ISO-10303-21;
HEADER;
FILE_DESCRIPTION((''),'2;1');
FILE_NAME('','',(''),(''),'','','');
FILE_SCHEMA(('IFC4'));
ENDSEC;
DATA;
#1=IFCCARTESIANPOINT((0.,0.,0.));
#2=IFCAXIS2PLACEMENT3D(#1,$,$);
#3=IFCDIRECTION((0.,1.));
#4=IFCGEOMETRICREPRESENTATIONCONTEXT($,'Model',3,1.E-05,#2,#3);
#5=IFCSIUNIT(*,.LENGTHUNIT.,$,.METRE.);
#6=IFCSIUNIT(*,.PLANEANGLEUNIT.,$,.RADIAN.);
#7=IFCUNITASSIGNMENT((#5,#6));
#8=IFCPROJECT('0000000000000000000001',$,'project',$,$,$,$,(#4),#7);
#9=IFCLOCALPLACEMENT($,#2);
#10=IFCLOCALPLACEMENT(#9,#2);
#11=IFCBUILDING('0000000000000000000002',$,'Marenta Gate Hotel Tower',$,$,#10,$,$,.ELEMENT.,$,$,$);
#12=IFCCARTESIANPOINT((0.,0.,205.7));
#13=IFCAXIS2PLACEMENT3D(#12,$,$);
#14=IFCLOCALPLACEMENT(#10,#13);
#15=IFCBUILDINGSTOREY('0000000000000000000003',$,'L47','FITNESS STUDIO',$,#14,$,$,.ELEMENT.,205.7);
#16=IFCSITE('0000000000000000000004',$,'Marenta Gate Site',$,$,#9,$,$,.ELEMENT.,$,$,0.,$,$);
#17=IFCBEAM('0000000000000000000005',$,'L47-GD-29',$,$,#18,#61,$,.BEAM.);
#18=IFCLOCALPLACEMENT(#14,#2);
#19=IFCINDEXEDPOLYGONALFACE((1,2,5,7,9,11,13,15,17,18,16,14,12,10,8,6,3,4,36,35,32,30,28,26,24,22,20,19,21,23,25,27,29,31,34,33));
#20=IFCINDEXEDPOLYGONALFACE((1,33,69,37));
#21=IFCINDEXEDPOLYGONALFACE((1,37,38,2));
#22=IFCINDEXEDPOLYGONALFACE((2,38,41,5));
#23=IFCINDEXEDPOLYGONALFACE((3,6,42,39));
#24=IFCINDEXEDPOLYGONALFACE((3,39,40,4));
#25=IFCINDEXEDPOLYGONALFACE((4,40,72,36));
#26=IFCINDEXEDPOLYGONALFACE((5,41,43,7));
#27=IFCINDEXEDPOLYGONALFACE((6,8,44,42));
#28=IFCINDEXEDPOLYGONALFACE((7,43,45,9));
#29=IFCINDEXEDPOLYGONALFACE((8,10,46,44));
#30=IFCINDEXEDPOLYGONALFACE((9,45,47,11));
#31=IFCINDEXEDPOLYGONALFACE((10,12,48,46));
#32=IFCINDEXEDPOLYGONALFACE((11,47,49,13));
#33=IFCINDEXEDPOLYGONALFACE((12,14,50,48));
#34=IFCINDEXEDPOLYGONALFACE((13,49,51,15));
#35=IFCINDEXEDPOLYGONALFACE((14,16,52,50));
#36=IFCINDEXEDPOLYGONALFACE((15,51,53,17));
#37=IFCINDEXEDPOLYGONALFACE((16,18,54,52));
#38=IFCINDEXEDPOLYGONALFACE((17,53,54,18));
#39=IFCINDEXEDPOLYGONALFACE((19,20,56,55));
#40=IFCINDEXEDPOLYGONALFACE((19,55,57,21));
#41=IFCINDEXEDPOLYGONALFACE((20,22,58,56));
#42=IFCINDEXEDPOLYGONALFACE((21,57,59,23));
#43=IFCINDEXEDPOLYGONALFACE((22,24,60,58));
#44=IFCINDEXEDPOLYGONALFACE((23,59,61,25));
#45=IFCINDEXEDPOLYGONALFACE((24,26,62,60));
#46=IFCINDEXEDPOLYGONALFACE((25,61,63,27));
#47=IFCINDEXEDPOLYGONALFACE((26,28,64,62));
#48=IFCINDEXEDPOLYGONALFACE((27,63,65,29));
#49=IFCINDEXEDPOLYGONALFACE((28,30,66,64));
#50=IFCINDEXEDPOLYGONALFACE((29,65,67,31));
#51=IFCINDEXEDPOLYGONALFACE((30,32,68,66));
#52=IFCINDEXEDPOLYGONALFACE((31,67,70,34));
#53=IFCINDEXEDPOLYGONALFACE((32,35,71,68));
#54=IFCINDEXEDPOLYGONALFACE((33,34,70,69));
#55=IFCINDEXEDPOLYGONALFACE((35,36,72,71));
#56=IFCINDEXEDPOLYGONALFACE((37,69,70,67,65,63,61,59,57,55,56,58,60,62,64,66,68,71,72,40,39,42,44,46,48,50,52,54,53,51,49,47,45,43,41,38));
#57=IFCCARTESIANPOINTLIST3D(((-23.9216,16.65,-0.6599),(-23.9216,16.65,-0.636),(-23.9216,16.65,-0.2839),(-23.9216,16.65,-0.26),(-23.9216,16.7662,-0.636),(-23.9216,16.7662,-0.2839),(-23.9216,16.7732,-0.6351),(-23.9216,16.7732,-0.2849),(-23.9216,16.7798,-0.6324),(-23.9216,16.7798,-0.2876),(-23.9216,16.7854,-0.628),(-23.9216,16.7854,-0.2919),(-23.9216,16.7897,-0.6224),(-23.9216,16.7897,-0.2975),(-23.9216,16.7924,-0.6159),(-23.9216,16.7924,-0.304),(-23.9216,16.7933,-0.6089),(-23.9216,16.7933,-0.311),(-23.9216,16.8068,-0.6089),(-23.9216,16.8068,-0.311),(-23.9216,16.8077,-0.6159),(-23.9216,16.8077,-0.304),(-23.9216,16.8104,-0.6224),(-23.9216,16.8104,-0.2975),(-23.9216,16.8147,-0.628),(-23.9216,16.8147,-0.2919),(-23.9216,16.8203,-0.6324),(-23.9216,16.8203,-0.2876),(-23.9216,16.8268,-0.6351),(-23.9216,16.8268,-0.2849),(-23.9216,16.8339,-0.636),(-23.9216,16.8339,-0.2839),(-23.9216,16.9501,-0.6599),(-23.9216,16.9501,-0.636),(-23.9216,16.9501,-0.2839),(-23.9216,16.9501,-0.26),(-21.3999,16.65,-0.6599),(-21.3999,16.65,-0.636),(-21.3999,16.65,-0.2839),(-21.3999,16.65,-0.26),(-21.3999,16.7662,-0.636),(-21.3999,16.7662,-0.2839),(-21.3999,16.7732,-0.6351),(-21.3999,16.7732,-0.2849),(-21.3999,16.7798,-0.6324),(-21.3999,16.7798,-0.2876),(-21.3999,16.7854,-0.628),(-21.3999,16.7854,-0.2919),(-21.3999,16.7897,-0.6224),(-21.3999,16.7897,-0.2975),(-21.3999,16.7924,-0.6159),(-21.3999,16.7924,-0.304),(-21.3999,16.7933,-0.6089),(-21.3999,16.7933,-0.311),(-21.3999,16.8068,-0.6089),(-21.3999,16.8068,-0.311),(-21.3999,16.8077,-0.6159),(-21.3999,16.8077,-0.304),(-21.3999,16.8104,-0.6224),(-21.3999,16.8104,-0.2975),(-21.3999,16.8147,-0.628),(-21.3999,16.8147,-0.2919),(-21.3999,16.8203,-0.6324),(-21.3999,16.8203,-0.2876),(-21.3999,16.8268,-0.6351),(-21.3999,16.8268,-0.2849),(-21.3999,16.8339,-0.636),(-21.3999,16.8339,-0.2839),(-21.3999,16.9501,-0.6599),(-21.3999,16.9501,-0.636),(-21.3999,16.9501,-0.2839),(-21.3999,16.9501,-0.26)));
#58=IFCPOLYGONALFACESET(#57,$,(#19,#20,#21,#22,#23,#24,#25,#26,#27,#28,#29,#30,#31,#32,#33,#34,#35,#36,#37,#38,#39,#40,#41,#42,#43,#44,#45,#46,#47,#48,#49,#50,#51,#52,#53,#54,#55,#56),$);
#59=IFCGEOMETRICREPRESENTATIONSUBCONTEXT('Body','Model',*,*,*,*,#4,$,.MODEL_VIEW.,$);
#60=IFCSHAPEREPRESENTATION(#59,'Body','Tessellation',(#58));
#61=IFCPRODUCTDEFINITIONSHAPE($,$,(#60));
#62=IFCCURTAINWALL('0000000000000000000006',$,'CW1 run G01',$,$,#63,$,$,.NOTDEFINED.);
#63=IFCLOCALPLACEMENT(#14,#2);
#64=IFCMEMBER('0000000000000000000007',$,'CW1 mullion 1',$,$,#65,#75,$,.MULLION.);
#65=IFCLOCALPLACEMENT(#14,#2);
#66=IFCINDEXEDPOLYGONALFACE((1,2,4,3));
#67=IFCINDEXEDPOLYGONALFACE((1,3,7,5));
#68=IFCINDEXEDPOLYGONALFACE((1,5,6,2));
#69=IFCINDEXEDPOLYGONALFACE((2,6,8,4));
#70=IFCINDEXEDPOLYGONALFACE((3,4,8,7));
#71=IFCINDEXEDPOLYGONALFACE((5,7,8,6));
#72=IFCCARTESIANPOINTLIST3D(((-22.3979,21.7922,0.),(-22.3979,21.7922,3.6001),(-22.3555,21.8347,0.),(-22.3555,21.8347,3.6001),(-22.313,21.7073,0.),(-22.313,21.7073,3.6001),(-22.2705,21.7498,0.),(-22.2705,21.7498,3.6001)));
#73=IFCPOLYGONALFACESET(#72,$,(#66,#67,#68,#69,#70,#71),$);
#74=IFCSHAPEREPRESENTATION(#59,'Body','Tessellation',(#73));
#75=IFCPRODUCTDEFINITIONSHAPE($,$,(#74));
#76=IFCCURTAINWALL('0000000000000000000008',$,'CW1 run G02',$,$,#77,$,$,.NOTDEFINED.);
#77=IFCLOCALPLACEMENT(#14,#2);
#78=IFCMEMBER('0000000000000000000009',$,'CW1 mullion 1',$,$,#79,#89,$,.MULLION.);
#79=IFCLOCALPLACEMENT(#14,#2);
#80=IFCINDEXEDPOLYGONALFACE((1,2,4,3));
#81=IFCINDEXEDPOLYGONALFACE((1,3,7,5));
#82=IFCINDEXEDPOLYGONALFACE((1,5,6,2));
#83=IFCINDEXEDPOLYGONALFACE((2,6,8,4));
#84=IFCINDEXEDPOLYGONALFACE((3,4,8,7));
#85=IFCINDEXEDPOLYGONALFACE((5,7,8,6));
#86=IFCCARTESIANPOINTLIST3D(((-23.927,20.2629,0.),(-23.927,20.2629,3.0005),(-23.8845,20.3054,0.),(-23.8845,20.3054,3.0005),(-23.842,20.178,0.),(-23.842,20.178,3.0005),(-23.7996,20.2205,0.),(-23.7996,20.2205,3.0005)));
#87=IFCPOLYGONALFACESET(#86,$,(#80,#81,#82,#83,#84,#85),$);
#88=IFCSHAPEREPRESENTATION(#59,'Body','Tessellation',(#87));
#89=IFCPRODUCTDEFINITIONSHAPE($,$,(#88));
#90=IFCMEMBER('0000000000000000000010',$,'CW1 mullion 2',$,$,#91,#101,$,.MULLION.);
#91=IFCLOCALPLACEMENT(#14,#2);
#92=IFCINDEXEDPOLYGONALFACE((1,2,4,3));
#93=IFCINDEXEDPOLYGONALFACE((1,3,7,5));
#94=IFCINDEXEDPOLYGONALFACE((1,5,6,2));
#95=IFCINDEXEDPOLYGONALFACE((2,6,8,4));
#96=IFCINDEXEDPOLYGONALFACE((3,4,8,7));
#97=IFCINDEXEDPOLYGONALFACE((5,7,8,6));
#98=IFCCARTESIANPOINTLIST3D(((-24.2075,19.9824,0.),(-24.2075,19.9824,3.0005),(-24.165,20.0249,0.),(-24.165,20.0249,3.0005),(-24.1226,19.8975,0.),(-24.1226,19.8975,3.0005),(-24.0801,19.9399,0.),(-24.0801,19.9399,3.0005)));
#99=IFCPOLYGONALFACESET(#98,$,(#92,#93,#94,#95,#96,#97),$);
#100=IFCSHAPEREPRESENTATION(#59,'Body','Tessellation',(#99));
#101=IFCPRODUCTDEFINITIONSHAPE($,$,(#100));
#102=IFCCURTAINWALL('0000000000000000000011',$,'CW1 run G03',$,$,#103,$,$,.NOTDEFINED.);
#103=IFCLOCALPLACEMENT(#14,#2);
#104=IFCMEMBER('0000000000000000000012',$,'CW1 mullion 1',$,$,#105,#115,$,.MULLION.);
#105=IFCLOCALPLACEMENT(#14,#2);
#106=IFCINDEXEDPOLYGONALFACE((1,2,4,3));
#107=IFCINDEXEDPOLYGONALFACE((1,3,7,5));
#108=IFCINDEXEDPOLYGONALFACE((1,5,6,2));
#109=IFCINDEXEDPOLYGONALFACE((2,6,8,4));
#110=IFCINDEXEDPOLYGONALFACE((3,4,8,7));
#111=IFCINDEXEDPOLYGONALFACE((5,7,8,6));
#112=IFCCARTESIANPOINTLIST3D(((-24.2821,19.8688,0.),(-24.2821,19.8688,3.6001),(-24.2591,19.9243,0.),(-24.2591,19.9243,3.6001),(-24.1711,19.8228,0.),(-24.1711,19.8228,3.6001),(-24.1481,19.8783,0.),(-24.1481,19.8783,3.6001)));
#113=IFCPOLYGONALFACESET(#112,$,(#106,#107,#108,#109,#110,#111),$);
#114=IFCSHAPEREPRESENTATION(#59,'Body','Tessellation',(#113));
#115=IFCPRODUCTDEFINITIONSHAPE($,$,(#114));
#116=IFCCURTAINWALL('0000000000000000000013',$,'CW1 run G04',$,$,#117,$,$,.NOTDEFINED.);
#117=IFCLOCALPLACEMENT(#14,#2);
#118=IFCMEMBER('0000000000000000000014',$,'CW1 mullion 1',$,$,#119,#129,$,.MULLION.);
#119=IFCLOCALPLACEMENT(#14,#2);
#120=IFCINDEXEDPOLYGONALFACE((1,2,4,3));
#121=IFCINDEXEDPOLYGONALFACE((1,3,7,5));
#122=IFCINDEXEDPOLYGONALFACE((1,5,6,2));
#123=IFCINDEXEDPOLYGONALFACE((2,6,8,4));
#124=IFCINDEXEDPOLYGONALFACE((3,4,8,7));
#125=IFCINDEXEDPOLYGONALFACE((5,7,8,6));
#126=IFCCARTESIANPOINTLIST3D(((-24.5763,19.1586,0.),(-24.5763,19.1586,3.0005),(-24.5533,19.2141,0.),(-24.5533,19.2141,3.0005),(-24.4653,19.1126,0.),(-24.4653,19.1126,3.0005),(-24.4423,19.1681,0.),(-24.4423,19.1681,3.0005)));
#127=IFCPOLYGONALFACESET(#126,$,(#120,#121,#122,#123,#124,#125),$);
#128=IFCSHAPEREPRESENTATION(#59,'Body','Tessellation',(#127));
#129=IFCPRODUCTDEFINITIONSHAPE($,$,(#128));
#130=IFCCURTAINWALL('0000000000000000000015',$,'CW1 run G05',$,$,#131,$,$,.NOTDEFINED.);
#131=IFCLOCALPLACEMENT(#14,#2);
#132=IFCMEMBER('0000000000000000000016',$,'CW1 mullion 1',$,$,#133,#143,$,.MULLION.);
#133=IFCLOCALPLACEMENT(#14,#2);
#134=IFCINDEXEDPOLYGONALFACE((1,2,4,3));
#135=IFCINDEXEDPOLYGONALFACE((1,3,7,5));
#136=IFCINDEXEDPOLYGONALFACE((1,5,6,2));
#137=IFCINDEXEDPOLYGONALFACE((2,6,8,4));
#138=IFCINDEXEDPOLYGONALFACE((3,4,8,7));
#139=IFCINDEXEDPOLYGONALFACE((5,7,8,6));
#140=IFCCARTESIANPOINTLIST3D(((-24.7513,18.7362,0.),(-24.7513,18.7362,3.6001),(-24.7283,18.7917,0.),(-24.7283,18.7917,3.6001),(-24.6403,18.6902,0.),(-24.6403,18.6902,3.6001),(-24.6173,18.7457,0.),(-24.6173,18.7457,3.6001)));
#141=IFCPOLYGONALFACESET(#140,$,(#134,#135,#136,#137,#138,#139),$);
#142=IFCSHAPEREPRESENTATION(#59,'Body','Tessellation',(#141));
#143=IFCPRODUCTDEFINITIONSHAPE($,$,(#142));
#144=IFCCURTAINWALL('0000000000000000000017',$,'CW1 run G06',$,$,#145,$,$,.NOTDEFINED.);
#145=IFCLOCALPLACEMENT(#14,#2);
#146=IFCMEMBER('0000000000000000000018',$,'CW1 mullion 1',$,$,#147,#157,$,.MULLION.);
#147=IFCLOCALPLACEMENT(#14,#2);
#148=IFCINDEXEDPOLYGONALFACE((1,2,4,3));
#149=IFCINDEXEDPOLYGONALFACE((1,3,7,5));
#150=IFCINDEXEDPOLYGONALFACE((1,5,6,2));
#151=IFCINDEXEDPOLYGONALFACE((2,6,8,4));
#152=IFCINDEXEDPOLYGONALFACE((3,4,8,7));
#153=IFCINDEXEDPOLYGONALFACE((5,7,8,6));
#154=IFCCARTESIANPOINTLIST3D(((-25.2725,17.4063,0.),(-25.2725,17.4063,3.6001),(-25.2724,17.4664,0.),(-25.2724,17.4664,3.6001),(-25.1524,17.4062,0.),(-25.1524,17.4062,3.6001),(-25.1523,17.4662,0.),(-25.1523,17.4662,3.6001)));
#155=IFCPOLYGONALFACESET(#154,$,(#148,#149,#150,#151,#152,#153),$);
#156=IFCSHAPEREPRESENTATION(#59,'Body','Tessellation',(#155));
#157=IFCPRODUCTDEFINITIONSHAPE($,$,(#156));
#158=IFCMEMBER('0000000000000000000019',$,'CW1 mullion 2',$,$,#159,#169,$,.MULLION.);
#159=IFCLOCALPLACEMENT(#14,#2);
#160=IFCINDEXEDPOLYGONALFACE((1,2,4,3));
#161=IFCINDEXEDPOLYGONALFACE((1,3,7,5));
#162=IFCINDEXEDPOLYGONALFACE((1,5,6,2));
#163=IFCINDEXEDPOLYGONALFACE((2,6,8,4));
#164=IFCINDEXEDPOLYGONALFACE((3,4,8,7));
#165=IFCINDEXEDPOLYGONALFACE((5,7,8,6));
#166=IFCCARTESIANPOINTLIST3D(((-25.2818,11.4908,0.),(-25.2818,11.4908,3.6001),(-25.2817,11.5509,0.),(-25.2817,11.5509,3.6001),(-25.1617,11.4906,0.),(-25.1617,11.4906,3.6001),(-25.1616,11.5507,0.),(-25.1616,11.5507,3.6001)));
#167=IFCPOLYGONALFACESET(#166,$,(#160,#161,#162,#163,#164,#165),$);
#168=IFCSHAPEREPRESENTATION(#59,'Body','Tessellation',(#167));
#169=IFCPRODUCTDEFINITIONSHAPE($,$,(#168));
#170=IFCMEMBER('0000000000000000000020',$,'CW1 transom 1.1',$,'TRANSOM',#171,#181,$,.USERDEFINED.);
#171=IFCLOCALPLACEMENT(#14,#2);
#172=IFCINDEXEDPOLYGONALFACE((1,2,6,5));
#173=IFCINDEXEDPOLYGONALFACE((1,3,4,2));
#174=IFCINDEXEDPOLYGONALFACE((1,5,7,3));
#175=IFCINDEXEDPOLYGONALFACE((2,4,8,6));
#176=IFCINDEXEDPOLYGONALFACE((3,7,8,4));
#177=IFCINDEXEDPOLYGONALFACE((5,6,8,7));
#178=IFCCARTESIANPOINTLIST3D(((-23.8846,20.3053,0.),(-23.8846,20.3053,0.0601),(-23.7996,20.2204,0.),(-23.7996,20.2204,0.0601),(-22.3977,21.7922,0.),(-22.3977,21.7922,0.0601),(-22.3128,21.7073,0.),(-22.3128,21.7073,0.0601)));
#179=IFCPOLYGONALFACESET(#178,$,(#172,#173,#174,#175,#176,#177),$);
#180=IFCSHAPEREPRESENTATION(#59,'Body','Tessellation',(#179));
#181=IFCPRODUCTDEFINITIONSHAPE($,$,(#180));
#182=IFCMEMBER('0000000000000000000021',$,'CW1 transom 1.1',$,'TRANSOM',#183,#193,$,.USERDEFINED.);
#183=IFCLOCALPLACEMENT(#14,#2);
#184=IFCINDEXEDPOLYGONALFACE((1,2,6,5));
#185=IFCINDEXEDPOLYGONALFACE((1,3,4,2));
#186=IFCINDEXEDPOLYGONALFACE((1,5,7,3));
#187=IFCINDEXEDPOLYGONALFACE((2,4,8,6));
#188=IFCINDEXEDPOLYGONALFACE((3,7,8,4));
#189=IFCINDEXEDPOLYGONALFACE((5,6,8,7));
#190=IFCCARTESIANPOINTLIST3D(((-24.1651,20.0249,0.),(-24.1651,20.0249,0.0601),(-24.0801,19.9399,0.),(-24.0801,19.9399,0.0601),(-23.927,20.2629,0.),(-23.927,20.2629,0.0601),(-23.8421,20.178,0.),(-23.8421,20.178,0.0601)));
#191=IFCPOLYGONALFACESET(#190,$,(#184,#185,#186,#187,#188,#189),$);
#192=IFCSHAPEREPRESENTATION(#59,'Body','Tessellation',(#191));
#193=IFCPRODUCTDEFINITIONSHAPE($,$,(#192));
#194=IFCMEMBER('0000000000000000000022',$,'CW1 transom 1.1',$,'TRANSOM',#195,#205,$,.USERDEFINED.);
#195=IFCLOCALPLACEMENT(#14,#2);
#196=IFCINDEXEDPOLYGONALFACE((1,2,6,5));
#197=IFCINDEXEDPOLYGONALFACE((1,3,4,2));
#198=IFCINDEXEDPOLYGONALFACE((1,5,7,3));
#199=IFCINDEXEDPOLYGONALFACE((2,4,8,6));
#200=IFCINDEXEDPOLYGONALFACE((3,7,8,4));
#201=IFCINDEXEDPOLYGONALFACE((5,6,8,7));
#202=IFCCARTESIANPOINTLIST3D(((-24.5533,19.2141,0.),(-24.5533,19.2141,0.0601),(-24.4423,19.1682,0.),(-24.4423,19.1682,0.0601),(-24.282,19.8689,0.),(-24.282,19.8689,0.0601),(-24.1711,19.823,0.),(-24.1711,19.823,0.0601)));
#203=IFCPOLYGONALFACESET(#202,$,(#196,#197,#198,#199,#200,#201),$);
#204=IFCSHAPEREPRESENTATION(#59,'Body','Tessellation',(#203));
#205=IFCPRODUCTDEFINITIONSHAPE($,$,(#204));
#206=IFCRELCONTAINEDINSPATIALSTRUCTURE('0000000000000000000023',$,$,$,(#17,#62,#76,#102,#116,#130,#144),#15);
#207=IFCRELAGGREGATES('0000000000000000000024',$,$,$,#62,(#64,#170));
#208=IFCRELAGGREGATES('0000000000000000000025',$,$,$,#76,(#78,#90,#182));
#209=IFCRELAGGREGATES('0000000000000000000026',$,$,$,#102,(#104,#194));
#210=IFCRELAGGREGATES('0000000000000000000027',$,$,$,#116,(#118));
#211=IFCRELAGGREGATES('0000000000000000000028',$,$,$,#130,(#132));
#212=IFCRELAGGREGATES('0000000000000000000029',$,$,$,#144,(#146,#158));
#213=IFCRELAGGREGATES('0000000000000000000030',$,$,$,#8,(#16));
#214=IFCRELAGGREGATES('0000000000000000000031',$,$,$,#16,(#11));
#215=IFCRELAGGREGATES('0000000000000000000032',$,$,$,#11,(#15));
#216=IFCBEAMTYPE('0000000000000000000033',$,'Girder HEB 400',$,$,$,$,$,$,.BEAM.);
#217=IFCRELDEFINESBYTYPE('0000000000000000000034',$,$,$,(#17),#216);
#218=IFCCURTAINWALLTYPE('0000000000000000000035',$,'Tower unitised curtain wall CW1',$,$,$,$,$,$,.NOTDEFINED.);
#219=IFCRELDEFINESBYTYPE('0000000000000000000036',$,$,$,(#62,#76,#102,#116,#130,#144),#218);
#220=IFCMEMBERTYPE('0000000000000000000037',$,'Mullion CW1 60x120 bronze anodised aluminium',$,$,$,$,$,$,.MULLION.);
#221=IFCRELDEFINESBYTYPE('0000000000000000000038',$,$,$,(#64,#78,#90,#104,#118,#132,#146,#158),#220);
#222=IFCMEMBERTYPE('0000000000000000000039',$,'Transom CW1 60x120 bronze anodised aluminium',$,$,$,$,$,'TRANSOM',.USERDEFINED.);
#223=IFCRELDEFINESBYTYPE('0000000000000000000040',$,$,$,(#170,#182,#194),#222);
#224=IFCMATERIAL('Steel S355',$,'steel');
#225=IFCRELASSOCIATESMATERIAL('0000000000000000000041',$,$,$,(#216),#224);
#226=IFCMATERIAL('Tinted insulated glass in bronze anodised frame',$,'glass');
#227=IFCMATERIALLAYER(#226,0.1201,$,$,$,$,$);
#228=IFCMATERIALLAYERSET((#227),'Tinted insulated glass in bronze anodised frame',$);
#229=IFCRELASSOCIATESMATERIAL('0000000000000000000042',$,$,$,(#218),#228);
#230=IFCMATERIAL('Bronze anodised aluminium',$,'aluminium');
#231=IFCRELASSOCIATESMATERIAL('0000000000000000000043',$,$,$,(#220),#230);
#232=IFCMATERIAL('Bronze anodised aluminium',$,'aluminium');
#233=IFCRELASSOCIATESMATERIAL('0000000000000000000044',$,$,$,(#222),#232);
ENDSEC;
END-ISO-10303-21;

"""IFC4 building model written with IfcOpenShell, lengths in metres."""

from ifc_helpers import new_model, si_unit, direction, frame, origin, origin_2d, place, context, subcontext, project, spatial, rectangle, i_section, extrude, material, layer, layer_set, material_profile, profile_set, type_object, element, aggregate, save


model = new_model("IFC4")

# Units and contexts
model_context = context("Model", 3, precision=1e-05, world=origin(), true_north=direction((0.0, 1.0)))
body_context = subcontext(model_context, "Body", "Model", "MODEL_VIEW")
ifc_project = project(units=[si_unit("LENGTHUNIT", "METRE"), si_unit("PLANEANGLEUNIT", "RADIAN")], contexts=[model_context])

# Site, building, storey
site_placement = place(None, origin())
site = spatial("IfcSite", under=ifc_project, at=site_placement, Name="Marenta Gate Site", CompositionType="ELEMENT", RefElevation=0.0)
building_placement = place(site_placement, origin())
building = spatial("IfcBuilding", under=site, at=building_placement, Name="Marenta Gate Hotel Tower", CompositionType="ELEMENT")
storey_placement = place(building_placement, frame((0.0, 0.0, 205.7)))
storey = spatial("IfcBuildingStorey", under=building, at=storey_placement, Name="L47", Description="FITNESS STUDIO", CompositionType="ELEMENT", Elevation=205.7)

# Beam
ifc_material_1 = material(Name="Steel S355", Category="steel")
ifc_material_profile_1 = material_profile(ifc_material_1, i_section(OverallWidth=0.3, OverallDepth=0.3999, WebThickness=0.0134, FlangeThickness=0.0239, FilletRadius=0.0271, at=origin_2d()), Name="HEB 400")
ifc_profile_set_1 = profile_set([ifc_material_profile_1], Name="Steel S355")
beam_type_1 = type_object("IfcBeamType", Name="Girder HEB 400", PredefinedType="BEAM", material=ifc_profile_set_1)
beam_1_placement = place(storey_placement, frame((-23.9216, 16.8, -0.46), z_axis=(1.0, 0.0, 0.0), x_axis=(0.0, 1.0, 0.0)))
element("IfcBeam", 1, at=beam_1_placement, inside=storey, type_object=beam_type_1, Name="L47-GD-29", PredefinedType="BEAM", context=body_context, shape_type="SweptSolid", body=[
    extrude(i_section(OverallWidth=0.3, OverallDepth=0.3999, WebThickness=0.0134, FlangeThickness=0.0239, FilletRadius=0.0271, at=origin_2d()), origin(), (0.0, 0.0, 1.0), 2.5217),
])

# Curtain wall, member
ifc_material_2 = material(Name="Tinted insulated glass in bronze anodised frame", Category="glass")
ifc_layer_1 = layer(ifc_material_2, 0.1201)
ifc_layer_set_1 = layer_set([ifc_layer_1], Name="Tinted insulated glass in bronze anodised frame")
curtain_wall_type = type_object("IfcCurtainWallType", Name="Tower unitised curtain wall CW1", PredefinedType="NOTDEFINED", material=ifc_layer_set_1)
curtain_wall_1_placement = place(storey_placement, origin())
curtain_wall_1 = element("IfcCurtainWall", 2, at=curtain_wall_1_placement, inside=storey, type_object=curtain_wall_type, Name="CW1 run G01", PredefinedType="NOTDEFINED")
ifc_material_3 = material(Name="Bronze anodised aluminium", Category="aluminium")
ifc_material_profile_2 = material_profile(ifc_material_3, rectangle(XDim=0.1201, YDim=0.0601, at=origin_2d()), Name="Mullion CW1 60x120 bronze anodised aluminium")
ifc_profile_set_2 = profile_set([ifc_material_profile_2], Name="Bronze anodised aluminium")
member_type_1 = type_object("IfcMemberType", Name="Mullion CW1 60x120 bronze anodised aluminium", PredefinedType="MULLION", material=ifc_profile_set_2)
member_1_placement = place(storey_placement, frame((-22.3342, 21.771, 0.0), z_axis=(0.0, 0.0, 1.0), x_axis=(0.707107, -0.707107, 0.0)))
member_1 = element("IfcMember", 3, at=member_1_placement, type_object=member_type_1, Name="CW1 mullion 1", PredefinedType="MULLION", context=body_context, shape_type="SweptSolid", body=[
    extrude(rectangle(XDim=0.1201, YDim=0.0601, at=origin_2d()), origin(), (0.0, 0.0, 1.0), 3.6001),
])

# Curtain wall, members
curtain_wall_2_placement = place(storey_placement, origin())
curtain_wall_2 = element("IfcCurtainWall", 4, at=curtain_wall_2_placement, inside=storey, type_object=curtain_wall_type, Name="CW1 run G02", PredefinedType="NOTDEFINED")
member_2_placement = place(storey_placement, frame((-23.8633, 20.2417, 0.0), z_axis=(0.0, 0.0, 1.0), x_axis=(0.707107, -0.707107, 0.0)))
member_2 = element("IfcMember", 5, at=member_2_placement, type_object=member_type_1, Name="CW1 mullion 1", PredefinedType="MULLION", context=body_context, shape_type="SweptSolid", body=[
    extrude(rectangle(XDim=0.1201, YDim=0.0601, at=origin_2d()), origin(), (0.0, 0.0, 1.0), 3.0005),
])
member_3_placement = place(storey_placement, frame((-24.1438, 19.9612, 0.0), z_axis=(0.0, 0.0, 1.0), x_axis=(0.707107, -0.707107, 0.0)))
member_3 = element("IfcMember", 6, at=member_3_placement, type_object=member_type_1, Name="CW1 mullion 2", PredefinedType="MULLION", context=body_context, shape_type="SweptSolid", body=[
    extrude(rectangle(XDim=0.1201, YDim=0.0601, at=origin_2d()), origin(), (0.0, 0.0, 1.0), 3.0005),
])

# Curtain walls, members
curtain_wall_3_placement = place(storey_placement, origin())
curtain_wall_3 = element("IfcCurtainWall", 7, at=curtain_wall_3_placement, inside=storey, type_object=curtain_wall_type, Name="CW1 run G03", PredefinedType="NOTDEFINED")
member_4_placement = place(storey_placement, frame((-24.2151, 19.8735, 0.0), z_axis=(0.0, 0.0, 1.0), x_axis=(0.923868, -0.382712, 0.0)))
member_4 = element("IfcMember", 8, at=member_4_placement, type_object=member_type_1, Name="CW1 mullion 1", PredefinedType="MULLION", context=body_context, shape_type="SweptSolid", body=[
    extrude(rectangle(XDim=0.1201, YDim=0.0601, at=origin_2d()), origin(), (0.0, 0.0, 1.0), 3.6001),
])
curtain_wall_4_placement = place(storey_placement, origin())
curtain_wall_4 = element("IfcCurtainWall", 9, at=curtain_wall_4_placement, inside=storey, type_object=curtain_wall_type, Name="CW1 run G04", PredefinedType="NOTDEFINED")
member_5_placement = place(storey_placement, frame((-24.5093, 19.1633, 0.0), z_axis=(0.0, 0.0, 1.0), x_axis=(0.923897, -0.382642, 0.0)))
member_5 = element("IfcMember", 10, at=member_5_placement, type_object=member_type_1, Name="CW1 mullion 1", PredefinedType="MULLION", context=body_context, shape_type="SweptSolid", body=[
    extrude(rectangle(XDim=0.1201, YDim=0.0601, at=origin_2d()), origin(), (0.0, 0.0, 1.0), 3.0005),
])
curtain_wall_5_placement = place(storey_placement, origin())
curtain_wall_5 = element("IfcCurtainWall", 11, at=curtain_wall_5_placement, inside=storey, type_object=curtain_wall_type, Name="CW1 run G05", PredefinedType="NOTDEFINED")
member_6_placement = place(storey_placement, frame((-24.6843, 18.741, 0.0), z_axis=(0.0, 0.0, 1.0), x_axis=(0.923893, -0.38265, 0.0)))
member_6 = element("IfcMember", 12, at=member_6_placement, type_object=member_type_1, Name="CW1 mullion 1", PredefinedType="MULLION", context=body_context, shape_type="SweptSolid", body=[
    extrude(rectangle(XDim=0.1201, YDim=0.0601, at=origin_2d()), origin(), (0.0, 0.0, 1.0), 3.6001),
])

# Curtain wall, members
curtain_wall_6_placement = place(storey_placement, origin())
curtain_wall_6 = element("IfcCurtainWall", 13, at=curtain_wall_6_placement, inside=storey, type_object=curtain_wall_type, Name="CW1 run G06", PredefinedType="NOTDEFINED")
member_7_placement = place(storey_placement, frame((-25.2124, 17.4363, 0.0), z_axis=(0.0, 0.0, 1.0), x_axis=(0.999999, -0.00157, 0.0)))
member_7 = element("IfcMember", 14, at=member_7_placement, type_object=member_type_1, Name="CW1 mullion 1", PredefinedType="MULLION", context=body_context, shape_type="SweptSolid", body=[
    extrude(rectangle(XDim=0.1201, YDim=0.0601, at=origin_2d()), origin(), (0.0, 0.0, 1.0), 3.6001),
])
member_8_placement = place(storey_placement, frame((-25.2217, 11.5208, 0.0), z_axis=(0.0, 0.0, 1.0), x_axis=(0.999999, -0.00157, 0.0)))
member_8 = element("IfcMember", 15, at=member_8_placement, type_object=member_type_1, Name="CW1 mullion 2", PredefinedType="MULLION", context=body_context, shape_type="SweptSolid", body=[
    extrude(rectangle(XDim=0.1201, YDim=0.0601, at=origin_2d()), origin(), (0.0, 0.0, 1.0), 3.6001),
])

# Members
ifc_material_4 = material(Name="Bronze anodised aluminium", Category="aluminium")
ifc_material_profile_3 = material_profile(ifc_material_4, rectangle(XDim=0.1201, YDim=0.0601, at=origin_2d()), Name="Transom CW1 60x120 bronze anodised aluminium")
ifc_profile_set_3 = profile_set([ifc_material_profile_3], Name="Bronze anodised aluminium")
member_type_2 = type_object("IfcMemberType", Name="Transom CW1 60x120 bronze anodised aluminium", ElementType="TRANSOM", PredefinedType="USERDEFINED", material=ifc_profile_set_3)
member_9_placement = place(storey_placement, frame((-22.3552, 21.7498, 0.03), z_axis=(-0.707107, -0.707107, 0.0), x_axis=(0.707107, -0.707107, 0.0)))
member_9 = element("IfcMember", 16, at=member_9_placement, type_object=member_type_2, Name="CW1 transom 1.1", ObjectType="TRANSOM", PredefinedType="USERDEFINED", context=body_context, shape_type="SweptSolid", body=[
    extrude(rectangle(XDim=0.1201, YDim=0.0601, at=origin_2d()), origin(), (0.0, 0.0, 1.0), 2.1028),
])
member_10_placement = place(storey_placement, frame((-23.8845, 20.2205, 0.03), z_axis=(-0.707107, -0.707107, 0.0), x_axis=(0.707107, -0.707107, 0.0)))
member_10 = element("IfcMember", 17, at=member_10_placement, type_object=member_type_2, Name="CW1 transom 1.1", ObjectType="TRANSOM", PredefinedType="USERDEFINED", context=body_context, shape_type="SweptSolid", body=[
    extrude(rectangle(XDim=0.1201, YDim=0.0601, at=origin_2d()), origin(), (0.0, 0.0, 1.0), 0.3367),
])
member_11_placement = place(storey_placement, frame((-24.2266, 19.8459, 0.03), z_axis=(-0.382707, -0.92387, 0.0), x_axis=(0.92387, -0.382707, 0.0)))
member_11 = element("IfcMember", 18, at=member_11_placement, type_object=member_type_2, Name="CW1 transom 1.1", ObjectType="TRANSOM", PredefinedType="USERDEFINED", context=body_context, shape_type="SweptSolid", body=[
    extrude(rectangle(XDim=0.1201, YDim=0.0601, at=origin_2d()), origin(), (0.0, 0.0, 1.0), 0.7087),
])

aggregate(curtain_wall_1, [member_1, member_9])
aggregate(curtain_wall_2, [member_2, member_3, member_10])
aggregate(curtain_wall_3, [member_4, member_11])
aggregate(curtain_wall_4, [member_5])
aggregate(curtain_wall_5, [member_6])
aggregate(curtain_wall_6, [member_7, member_8])

save(model, "model.ifc")
